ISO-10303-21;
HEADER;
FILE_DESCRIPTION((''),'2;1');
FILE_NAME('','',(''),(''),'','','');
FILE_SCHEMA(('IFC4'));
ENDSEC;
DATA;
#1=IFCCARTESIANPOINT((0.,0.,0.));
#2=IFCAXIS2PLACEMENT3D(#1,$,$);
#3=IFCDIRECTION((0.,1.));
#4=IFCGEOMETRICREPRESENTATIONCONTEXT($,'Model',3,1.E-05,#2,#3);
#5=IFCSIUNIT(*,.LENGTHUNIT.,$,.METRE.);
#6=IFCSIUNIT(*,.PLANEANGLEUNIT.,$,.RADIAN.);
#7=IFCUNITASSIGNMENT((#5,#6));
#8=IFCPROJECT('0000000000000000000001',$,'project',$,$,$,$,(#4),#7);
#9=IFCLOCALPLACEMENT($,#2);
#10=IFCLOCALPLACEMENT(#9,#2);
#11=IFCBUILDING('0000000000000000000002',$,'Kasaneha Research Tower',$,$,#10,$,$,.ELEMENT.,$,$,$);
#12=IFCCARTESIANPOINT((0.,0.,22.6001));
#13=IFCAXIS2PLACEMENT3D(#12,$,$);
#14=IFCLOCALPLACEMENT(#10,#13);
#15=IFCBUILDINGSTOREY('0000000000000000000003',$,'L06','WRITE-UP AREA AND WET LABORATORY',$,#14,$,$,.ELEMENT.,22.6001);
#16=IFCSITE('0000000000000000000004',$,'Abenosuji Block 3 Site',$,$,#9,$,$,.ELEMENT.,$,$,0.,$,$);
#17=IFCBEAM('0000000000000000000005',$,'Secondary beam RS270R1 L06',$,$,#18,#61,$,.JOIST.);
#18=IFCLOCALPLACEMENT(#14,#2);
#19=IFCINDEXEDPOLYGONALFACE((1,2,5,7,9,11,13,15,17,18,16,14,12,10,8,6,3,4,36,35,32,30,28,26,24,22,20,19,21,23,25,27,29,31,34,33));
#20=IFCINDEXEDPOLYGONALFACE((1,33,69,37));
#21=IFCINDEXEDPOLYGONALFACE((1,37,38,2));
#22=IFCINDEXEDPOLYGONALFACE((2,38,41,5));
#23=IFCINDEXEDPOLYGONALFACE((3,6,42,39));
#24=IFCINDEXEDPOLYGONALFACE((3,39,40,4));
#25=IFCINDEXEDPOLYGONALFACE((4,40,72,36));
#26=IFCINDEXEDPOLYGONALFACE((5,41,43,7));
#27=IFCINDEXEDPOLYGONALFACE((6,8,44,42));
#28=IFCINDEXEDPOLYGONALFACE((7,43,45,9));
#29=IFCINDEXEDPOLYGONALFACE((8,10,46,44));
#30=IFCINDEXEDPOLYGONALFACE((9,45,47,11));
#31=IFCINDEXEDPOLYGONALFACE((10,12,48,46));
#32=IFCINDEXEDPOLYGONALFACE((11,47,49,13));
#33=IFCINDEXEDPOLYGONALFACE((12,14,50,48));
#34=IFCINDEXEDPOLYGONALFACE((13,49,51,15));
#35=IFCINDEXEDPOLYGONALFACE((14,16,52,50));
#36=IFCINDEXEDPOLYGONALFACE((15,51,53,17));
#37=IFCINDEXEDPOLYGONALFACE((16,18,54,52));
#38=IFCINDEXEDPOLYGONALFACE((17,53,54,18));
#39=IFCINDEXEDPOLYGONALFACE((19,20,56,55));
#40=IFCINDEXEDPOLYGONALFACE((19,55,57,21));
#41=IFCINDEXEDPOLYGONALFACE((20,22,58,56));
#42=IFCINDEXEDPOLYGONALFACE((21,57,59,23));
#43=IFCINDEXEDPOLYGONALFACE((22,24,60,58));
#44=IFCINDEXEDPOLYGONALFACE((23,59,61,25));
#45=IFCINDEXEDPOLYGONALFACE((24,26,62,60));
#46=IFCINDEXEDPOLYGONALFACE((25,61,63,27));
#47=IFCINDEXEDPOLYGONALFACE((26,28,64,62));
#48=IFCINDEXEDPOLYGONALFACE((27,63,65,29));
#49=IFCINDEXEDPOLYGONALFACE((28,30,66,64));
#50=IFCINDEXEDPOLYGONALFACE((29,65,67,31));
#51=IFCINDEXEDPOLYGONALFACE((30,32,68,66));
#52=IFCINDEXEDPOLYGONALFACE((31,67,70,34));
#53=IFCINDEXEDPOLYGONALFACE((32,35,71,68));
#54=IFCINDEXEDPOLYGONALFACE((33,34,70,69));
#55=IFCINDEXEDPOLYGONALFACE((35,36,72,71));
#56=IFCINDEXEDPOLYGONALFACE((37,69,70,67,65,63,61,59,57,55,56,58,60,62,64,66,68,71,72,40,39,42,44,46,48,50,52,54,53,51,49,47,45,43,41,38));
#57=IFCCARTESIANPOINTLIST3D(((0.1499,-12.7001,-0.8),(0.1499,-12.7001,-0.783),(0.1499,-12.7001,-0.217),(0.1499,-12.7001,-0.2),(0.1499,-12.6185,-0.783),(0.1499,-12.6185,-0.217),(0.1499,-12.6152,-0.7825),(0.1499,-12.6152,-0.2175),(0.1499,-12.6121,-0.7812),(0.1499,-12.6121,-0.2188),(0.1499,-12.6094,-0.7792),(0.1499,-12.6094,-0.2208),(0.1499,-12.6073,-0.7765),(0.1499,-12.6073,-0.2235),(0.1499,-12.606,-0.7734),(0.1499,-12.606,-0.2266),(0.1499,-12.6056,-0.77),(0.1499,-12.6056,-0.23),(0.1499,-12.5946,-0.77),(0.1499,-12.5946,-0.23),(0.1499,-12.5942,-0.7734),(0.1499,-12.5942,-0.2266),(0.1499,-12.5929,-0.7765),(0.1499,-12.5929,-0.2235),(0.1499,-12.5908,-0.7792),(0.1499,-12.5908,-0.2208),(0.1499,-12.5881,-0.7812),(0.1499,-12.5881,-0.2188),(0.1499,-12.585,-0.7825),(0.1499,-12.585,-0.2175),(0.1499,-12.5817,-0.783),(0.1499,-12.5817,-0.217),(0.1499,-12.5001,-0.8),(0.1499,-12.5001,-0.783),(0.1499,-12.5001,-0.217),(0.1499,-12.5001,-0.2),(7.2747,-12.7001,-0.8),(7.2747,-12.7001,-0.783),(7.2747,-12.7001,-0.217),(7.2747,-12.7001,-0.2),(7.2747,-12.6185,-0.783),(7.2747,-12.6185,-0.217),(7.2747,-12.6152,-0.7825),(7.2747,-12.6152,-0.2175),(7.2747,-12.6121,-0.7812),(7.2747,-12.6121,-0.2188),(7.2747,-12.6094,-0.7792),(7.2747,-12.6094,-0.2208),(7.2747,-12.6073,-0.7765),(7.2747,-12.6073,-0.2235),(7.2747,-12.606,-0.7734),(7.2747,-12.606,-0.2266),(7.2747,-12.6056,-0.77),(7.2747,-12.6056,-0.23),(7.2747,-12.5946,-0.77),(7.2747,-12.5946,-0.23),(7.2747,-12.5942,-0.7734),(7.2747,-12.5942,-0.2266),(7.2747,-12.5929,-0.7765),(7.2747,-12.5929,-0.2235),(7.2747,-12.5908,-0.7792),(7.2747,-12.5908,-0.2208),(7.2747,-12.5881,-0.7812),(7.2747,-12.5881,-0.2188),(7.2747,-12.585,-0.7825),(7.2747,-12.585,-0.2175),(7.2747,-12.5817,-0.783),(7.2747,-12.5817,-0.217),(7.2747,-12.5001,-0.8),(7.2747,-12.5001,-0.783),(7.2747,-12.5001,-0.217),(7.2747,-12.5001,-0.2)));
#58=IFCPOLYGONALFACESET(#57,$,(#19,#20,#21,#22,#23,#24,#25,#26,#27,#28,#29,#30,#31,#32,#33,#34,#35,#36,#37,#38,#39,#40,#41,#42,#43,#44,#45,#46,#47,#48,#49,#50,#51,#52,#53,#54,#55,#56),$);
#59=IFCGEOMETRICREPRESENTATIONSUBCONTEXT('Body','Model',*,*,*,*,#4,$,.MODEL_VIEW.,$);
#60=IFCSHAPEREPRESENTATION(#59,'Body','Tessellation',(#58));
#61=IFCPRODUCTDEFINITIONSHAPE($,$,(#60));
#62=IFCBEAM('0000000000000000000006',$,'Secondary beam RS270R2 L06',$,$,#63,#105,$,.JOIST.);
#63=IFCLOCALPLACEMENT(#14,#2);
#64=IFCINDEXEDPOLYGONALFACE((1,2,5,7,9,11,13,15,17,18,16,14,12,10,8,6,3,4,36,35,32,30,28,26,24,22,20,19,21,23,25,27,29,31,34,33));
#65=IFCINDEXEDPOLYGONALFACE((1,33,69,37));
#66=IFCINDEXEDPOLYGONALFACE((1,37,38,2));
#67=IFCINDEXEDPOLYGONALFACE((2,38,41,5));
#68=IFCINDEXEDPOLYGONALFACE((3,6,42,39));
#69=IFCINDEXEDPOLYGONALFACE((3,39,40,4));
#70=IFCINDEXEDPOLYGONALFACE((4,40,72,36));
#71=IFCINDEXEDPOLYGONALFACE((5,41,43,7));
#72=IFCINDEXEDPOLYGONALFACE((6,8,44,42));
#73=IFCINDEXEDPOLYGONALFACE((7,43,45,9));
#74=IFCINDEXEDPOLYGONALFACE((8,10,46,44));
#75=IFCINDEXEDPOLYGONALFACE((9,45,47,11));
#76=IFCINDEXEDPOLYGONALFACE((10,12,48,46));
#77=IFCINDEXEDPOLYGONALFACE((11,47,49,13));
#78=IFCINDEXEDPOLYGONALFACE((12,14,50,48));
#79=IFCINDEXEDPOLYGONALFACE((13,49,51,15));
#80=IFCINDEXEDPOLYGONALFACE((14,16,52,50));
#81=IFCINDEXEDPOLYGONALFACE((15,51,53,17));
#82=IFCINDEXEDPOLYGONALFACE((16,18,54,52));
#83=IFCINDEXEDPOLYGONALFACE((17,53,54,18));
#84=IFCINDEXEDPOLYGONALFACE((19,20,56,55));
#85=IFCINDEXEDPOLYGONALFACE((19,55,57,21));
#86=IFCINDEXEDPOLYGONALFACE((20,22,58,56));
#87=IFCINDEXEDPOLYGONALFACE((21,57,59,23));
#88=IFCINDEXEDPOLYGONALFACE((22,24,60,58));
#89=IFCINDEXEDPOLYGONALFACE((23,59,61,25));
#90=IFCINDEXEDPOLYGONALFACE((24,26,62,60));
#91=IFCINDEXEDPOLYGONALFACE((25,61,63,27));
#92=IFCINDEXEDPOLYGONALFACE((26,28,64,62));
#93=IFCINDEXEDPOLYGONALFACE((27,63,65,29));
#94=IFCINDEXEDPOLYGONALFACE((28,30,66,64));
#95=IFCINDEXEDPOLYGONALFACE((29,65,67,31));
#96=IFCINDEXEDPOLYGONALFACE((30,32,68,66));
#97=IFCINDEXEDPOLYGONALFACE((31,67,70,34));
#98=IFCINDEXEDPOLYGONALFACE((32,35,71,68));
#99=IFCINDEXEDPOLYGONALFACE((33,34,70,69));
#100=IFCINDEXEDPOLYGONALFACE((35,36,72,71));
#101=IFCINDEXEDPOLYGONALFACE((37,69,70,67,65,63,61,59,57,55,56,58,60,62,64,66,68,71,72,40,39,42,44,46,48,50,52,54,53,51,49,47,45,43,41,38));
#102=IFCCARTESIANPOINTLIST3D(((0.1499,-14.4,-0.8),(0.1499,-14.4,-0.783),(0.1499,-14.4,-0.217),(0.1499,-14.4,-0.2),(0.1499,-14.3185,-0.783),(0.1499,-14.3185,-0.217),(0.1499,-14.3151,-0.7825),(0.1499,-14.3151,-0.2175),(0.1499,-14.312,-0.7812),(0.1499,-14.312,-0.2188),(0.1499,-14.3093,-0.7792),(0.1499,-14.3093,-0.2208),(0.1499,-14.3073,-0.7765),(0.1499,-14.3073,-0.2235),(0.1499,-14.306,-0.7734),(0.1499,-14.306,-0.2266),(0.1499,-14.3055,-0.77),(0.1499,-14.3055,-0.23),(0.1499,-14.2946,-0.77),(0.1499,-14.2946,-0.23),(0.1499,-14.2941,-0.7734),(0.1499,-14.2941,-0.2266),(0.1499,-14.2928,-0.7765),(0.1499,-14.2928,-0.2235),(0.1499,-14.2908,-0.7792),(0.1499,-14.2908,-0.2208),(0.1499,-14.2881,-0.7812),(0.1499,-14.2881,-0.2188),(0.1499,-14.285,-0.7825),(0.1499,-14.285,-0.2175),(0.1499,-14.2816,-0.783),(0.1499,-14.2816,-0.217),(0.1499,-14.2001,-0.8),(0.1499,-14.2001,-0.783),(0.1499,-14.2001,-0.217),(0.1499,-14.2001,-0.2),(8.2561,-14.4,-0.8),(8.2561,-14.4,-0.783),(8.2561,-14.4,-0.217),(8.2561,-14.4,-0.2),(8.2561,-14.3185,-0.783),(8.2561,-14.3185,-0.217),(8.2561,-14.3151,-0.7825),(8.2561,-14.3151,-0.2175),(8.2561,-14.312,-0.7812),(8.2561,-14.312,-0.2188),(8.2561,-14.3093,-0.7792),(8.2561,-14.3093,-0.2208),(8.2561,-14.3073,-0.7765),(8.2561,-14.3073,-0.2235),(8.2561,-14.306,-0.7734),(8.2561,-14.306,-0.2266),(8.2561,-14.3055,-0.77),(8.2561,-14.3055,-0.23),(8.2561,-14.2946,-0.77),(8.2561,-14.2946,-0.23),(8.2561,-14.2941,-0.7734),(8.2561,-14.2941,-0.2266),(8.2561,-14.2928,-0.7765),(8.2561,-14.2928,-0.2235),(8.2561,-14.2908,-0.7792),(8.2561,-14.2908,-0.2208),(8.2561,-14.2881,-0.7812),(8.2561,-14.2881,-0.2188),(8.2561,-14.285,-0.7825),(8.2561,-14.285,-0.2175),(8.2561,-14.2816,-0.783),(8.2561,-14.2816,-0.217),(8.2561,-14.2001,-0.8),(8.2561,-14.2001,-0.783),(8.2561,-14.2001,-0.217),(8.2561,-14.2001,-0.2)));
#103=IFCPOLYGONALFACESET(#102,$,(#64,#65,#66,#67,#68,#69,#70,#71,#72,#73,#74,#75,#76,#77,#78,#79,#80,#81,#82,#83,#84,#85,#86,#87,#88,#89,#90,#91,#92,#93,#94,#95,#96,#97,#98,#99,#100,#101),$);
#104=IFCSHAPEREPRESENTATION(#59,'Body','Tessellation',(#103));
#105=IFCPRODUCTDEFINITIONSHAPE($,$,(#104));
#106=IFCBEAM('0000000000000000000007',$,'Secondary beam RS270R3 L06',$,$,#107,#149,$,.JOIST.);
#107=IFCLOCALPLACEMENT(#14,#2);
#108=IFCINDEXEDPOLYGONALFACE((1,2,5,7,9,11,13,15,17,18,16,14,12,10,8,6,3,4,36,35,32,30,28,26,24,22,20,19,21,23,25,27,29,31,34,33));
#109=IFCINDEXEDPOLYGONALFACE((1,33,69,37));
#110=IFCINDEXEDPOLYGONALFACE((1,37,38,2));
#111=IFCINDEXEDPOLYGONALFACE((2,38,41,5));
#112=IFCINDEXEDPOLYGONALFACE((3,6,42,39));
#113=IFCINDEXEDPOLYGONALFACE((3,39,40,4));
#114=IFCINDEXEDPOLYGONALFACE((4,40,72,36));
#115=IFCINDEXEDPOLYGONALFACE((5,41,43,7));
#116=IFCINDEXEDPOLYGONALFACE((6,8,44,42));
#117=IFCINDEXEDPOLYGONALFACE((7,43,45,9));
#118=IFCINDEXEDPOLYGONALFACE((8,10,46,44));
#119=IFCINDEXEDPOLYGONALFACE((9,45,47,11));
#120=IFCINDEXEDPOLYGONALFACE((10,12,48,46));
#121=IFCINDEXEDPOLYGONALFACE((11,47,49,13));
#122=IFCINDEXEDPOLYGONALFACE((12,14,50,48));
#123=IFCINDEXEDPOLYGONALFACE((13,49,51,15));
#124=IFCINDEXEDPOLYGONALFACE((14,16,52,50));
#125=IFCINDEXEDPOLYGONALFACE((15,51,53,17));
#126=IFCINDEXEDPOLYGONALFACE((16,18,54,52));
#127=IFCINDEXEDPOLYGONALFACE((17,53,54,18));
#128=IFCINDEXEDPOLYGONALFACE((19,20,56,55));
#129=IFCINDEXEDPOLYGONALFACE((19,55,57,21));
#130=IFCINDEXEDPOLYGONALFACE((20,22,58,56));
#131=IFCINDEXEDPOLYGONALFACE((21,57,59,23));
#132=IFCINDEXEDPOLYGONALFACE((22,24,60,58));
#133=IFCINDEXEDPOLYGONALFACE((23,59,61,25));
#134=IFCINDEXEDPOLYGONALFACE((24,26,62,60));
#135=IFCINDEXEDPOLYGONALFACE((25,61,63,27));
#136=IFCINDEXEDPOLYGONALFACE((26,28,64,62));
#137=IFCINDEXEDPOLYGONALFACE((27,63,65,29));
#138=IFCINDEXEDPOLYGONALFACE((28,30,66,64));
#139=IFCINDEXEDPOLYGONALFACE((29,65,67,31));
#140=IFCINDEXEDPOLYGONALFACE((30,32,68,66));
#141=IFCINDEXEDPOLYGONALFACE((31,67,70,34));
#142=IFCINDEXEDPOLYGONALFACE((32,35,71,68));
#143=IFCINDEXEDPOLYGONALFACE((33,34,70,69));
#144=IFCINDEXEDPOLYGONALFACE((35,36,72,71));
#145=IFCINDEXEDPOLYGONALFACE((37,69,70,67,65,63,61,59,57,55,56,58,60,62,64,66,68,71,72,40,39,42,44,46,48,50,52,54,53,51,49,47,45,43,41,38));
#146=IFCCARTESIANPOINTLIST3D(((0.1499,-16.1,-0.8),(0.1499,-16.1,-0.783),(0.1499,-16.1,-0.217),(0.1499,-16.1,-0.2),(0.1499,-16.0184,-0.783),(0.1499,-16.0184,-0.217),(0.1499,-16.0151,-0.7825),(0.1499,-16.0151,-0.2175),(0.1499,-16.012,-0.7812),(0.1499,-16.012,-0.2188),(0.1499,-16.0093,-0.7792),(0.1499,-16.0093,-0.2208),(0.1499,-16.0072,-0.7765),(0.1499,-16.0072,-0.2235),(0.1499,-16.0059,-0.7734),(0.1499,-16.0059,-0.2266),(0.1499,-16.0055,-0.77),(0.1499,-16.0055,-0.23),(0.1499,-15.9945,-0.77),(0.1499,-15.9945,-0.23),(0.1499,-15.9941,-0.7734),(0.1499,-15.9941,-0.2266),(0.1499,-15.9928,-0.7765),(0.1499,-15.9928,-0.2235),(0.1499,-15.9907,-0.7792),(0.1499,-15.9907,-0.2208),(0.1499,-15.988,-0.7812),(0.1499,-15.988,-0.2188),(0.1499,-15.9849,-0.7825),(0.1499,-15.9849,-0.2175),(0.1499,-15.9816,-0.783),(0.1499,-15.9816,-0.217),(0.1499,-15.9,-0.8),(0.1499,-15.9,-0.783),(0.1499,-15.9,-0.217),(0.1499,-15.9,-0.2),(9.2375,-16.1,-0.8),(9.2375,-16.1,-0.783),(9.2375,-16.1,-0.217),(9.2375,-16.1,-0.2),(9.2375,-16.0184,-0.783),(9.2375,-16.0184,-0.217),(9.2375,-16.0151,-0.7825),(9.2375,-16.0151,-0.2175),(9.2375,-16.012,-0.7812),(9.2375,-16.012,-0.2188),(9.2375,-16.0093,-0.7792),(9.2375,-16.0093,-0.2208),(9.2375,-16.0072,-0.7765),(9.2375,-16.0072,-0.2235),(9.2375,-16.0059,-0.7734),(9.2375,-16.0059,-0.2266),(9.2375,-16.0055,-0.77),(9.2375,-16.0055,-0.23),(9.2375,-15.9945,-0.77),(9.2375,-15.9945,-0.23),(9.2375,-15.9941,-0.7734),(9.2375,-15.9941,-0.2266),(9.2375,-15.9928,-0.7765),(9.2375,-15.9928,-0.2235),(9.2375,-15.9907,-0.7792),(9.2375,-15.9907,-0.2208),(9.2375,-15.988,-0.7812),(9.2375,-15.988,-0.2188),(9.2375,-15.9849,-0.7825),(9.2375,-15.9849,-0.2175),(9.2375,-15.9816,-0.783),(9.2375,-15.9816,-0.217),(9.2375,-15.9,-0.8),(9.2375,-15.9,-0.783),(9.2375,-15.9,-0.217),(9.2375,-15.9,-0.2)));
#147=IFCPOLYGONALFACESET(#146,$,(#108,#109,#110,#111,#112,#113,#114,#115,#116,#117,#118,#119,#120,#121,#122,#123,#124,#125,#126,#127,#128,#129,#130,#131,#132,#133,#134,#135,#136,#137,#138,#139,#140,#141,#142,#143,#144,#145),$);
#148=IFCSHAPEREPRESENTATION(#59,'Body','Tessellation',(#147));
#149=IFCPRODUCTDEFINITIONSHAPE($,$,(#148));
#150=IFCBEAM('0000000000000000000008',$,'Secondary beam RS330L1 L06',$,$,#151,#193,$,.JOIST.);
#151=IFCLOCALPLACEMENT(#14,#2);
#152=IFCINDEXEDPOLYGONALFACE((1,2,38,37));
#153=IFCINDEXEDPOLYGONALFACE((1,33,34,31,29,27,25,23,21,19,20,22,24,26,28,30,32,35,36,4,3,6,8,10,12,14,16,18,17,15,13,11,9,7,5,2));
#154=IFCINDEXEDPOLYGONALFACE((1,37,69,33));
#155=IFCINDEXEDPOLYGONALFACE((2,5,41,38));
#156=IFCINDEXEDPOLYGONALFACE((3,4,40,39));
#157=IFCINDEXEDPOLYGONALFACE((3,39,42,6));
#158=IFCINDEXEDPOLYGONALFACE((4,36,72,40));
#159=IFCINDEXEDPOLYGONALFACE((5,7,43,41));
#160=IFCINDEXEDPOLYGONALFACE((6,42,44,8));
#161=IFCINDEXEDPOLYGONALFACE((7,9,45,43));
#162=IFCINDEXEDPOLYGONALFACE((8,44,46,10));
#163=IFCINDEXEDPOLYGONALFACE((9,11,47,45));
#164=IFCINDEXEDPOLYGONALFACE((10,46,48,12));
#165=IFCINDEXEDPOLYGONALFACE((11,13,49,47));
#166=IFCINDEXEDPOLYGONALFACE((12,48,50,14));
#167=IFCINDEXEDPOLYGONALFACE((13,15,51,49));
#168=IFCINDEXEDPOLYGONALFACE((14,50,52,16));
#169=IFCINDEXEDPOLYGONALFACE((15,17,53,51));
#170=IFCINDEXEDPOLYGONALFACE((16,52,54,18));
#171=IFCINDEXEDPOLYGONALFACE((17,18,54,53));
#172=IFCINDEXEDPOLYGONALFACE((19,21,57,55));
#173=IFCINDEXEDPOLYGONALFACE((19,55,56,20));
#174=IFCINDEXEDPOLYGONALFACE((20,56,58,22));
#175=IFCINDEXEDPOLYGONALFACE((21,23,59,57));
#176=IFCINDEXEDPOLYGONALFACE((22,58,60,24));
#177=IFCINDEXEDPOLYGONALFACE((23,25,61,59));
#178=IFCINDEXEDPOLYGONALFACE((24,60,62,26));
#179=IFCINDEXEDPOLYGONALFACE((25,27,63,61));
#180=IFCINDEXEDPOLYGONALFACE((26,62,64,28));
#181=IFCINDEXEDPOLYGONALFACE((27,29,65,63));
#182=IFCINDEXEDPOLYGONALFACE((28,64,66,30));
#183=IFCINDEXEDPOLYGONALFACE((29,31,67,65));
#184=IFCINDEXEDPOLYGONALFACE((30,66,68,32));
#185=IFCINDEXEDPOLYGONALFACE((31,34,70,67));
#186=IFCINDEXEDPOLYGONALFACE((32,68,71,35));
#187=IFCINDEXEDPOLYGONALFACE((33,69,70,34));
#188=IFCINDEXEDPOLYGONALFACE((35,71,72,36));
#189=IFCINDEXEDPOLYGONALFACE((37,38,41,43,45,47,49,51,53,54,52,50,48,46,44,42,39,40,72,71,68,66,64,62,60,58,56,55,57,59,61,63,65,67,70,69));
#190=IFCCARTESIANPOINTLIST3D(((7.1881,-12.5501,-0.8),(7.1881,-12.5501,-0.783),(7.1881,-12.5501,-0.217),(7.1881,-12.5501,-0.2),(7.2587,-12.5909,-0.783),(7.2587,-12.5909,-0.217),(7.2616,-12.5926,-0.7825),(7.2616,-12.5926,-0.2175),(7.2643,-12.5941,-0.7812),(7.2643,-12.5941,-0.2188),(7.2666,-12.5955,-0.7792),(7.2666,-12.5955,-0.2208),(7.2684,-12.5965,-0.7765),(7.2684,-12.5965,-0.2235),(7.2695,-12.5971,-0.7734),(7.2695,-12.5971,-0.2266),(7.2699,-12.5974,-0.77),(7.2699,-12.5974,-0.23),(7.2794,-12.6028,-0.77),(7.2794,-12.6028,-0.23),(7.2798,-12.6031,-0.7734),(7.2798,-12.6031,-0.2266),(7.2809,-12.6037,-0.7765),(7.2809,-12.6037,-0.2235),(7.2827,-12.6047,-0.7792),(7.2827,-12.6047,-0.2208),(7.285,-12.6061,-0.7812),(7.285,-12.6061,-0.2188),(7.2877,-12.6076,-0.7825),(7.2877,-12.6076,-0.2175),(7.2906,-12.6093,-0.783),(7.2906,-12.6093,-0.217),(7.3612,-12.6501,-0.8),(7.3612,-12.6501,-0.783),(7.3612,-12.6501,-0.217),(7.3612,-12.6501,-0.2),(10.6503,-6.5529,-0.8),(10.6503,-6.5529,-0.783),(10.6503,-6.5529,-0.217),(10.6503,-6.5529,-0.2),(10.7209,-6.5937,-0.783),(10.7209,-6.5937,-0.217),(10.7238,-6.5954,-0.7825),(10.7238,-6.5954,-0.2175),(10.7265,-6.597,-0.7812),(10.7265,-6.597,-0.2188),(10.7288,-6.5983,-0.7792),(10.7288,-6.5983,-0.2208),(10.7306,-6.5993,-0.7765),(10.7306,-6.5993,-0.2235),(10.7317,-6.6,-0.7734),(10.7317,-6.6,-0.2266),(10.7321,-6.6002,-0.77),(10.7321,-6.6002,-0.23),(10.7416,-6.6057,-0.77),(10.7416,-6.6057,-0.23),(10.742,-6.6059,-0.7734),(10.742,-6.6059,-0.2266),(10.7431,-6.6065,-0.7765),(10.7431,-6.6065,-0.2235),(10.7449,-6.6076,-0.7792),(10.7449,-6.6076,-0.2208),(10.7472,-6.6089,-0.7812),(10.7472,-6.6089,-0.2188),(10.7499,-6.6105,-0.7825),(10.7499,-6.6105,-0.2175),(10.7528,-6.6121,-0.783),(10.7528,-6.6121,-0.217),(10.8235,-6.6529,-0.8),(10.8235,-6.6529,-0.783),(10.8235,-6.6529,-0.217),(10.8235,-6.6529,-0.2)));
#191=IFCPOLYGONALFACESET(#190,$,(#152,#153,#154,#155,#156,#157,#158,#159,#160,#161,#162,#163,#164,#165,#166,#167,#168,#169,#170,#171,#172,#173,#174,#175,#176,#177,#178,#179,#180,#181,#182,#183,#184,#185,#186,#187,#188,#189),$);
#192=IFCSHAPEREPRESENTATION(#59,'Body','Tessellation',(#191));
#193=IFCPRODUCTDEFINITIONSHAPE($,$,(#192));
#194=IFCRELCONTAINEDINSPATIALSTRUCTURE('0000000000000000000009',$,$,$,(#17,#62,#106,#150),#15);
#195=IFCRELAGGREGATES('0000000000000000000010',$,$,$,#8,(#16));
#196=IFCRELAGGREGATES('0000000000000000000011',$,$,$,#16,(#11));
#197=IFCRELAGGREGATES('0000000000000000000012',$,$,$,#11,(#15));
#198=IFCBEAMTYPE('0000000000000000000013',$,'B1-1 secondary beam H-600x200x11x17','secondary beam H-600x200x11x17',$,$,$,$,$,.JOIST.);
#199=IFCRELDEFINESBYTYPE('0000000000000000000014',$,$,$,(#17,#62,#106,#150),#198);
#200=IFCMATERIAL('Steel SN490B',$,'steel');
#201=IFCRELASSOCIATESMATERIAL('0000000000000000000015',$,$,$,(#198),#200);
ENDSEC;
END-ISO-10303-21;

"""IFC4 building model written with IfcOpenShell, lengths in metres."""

from ifc_helpers import new_model, si_unit, direction, frame, origin, origin_2d, place, context, subcontext, project, spatial, i_section, extrude, material, material_profile, profile_set, type_object, element, save


model = new_model("IFC4")

# Units and contexts
model_context = context("Model", 3, precision=1e-05, world=origin(), true_north=direction((0.0, 1.0)))
body_context = subcontext(model_context, "Body", "Model", "MODEL_VIEW")
ifc_project = project(units=[si_unit("LENGTHUNIT", "METRE"), si_unit("PLANEANGLEUNIT", "RADIAN")], contexts=[model_context])

# Site, building, storey
site_placement = place(None, origin())
site = spatial("IfcSite", under=ifc_project, at=site_placement, Name="Abenosuji Block 3 Site", CompositionType="ELEMENT", RefElevation=0.0)
building_placement = place(site_placement, origin())
building = spatial("IfcBuilding", under=site, at=building_placement, Name="Kasaneha Research Tower", CompositionType="ELEMENT")
storey_placement = place(building_placement, frame((0.0, 0.0, 22.6001)))
storey = spatial("IfcBuildingStorey", under=building, at=storey_placement, Name="L06", Description="WRITE-UP AREA AND WET LABORATORY", CompositionType="ELEMENT", Elevation=22.6001)

# Beams
ifc_material_1 = material(Name="Steel SN490B", Category="steel")
ifc_material_profile_1 = material_profile(ifc_material_1, i_section(OverallWidth=0.2, OverallDepth=0.6001, WebThickness=0.011, FlangeThickness=0.0171, FilletRadius=0.0129, at=origin_2d()), Name="H-600x200x11x17")
ifc_profile_set_1 = profile_set([ifc_material_profile_1], Name="Steel SN490B")
beam_type_1 = type_object("IfcBeamType", Name="B1-1 secondary beam H-600x200x11x17", Description="secondary beam H-600x200x11x17", PredefinedType="JOIST", material=ifc_profile_set_1)
beam_1_placement = place(storey_placement, frame((7.2747, -12.6001, -0.5), z_axis=(-1.0, 0.0, 0.0), x_axis=(0.0, -1.0, 0.0)))
element("IfcBeam", 1, at=beam_1_placement, inside=storey, type_object=beam_type_1, Name="Secondary beam RS270R1 L06", PredefinedType="JOIST", context=body_context, shape_type="SweptSolid", body=[
    extrude(i_section(OverallWidth=0.2, OverallDepth=0.6001, WebThickness=0.011, FlangeThickness=0.0171, FilletRadius=0.0129, at=origin_2d()), origin(), (0.0, 0.0, 1.0), 7.1248),
])
beam_2_placement = place(storey_placement, frame((8.2561, -14.3, -0.5), z_axis=(-1.0, 0.0, 0.0), x_axis=(0.0, -1.0, 0.0)))
element("IfcBeam", 2, at=beam_2_placement, inside=storey, type_object=beam_type_1, Name="Secondary beam RS270R2 L06", PredefinedType="JOIST", context=body_context, shape_type="SweptSolid", body=[
    extrude(i_section(OverallWidth=0.2, OverallDepth=0.6001, WebThickness=0.011, FlangeThickness=0.0171, FilletRadius=0.0129, at=origin_2d()), origin(), (0.0, 0.0, 1.0), 8.1062),
])
beam_3_placement = place(storey_placement, frame((9.2375, -16.0, -0.5), z_axis=(-1.0, 0.0, 0.0), x_axis=(0.0, -1.0, 0.0)))
element("IfcBeam", 3, at=beam_3_placement, inside=storey, type_object=beam_type_1, Name="Secondary beam RS270R3 L06", PredefinedType="JOIST", context=body_context, shape_type="SweptSolid", body=[
    extrude(i_section(OverallWidth=0.2, OverallDepth=0.6001, WebThickness=0.011, FlangeThickness=0.0171, FilletRadius=0.0129, at=origin_2d()), origin(), (0.0, 0.0, 1.0), 9.0876),
])
beam_4_placement = place(storey_placement, frame((7.2747, -12.6001, -0.5), z_axis=(0.499973, 0.866041, 0.0), x_axis=(-0.866041, 0.499973, 0.0)))
element("IfcBeam", 4, at=beam_4_placement, inside=storey, type_object=beam_type_1, Name="Secondary beam RS330L1 L06", PredefinedType="JOIST", context=body_context, shape_type="SweptSolid", body=[
    extrude(i_section(OverallWidth=0.2, OverallDepth=0.6001, WebThickness=0.011, FlangeThickness=0.0171, FilletRadius=0.0129, at=origin_2d()), origin(), (0.0, 0.0, 1.0), 6.9248),
])

save(model, "model.ifc")
